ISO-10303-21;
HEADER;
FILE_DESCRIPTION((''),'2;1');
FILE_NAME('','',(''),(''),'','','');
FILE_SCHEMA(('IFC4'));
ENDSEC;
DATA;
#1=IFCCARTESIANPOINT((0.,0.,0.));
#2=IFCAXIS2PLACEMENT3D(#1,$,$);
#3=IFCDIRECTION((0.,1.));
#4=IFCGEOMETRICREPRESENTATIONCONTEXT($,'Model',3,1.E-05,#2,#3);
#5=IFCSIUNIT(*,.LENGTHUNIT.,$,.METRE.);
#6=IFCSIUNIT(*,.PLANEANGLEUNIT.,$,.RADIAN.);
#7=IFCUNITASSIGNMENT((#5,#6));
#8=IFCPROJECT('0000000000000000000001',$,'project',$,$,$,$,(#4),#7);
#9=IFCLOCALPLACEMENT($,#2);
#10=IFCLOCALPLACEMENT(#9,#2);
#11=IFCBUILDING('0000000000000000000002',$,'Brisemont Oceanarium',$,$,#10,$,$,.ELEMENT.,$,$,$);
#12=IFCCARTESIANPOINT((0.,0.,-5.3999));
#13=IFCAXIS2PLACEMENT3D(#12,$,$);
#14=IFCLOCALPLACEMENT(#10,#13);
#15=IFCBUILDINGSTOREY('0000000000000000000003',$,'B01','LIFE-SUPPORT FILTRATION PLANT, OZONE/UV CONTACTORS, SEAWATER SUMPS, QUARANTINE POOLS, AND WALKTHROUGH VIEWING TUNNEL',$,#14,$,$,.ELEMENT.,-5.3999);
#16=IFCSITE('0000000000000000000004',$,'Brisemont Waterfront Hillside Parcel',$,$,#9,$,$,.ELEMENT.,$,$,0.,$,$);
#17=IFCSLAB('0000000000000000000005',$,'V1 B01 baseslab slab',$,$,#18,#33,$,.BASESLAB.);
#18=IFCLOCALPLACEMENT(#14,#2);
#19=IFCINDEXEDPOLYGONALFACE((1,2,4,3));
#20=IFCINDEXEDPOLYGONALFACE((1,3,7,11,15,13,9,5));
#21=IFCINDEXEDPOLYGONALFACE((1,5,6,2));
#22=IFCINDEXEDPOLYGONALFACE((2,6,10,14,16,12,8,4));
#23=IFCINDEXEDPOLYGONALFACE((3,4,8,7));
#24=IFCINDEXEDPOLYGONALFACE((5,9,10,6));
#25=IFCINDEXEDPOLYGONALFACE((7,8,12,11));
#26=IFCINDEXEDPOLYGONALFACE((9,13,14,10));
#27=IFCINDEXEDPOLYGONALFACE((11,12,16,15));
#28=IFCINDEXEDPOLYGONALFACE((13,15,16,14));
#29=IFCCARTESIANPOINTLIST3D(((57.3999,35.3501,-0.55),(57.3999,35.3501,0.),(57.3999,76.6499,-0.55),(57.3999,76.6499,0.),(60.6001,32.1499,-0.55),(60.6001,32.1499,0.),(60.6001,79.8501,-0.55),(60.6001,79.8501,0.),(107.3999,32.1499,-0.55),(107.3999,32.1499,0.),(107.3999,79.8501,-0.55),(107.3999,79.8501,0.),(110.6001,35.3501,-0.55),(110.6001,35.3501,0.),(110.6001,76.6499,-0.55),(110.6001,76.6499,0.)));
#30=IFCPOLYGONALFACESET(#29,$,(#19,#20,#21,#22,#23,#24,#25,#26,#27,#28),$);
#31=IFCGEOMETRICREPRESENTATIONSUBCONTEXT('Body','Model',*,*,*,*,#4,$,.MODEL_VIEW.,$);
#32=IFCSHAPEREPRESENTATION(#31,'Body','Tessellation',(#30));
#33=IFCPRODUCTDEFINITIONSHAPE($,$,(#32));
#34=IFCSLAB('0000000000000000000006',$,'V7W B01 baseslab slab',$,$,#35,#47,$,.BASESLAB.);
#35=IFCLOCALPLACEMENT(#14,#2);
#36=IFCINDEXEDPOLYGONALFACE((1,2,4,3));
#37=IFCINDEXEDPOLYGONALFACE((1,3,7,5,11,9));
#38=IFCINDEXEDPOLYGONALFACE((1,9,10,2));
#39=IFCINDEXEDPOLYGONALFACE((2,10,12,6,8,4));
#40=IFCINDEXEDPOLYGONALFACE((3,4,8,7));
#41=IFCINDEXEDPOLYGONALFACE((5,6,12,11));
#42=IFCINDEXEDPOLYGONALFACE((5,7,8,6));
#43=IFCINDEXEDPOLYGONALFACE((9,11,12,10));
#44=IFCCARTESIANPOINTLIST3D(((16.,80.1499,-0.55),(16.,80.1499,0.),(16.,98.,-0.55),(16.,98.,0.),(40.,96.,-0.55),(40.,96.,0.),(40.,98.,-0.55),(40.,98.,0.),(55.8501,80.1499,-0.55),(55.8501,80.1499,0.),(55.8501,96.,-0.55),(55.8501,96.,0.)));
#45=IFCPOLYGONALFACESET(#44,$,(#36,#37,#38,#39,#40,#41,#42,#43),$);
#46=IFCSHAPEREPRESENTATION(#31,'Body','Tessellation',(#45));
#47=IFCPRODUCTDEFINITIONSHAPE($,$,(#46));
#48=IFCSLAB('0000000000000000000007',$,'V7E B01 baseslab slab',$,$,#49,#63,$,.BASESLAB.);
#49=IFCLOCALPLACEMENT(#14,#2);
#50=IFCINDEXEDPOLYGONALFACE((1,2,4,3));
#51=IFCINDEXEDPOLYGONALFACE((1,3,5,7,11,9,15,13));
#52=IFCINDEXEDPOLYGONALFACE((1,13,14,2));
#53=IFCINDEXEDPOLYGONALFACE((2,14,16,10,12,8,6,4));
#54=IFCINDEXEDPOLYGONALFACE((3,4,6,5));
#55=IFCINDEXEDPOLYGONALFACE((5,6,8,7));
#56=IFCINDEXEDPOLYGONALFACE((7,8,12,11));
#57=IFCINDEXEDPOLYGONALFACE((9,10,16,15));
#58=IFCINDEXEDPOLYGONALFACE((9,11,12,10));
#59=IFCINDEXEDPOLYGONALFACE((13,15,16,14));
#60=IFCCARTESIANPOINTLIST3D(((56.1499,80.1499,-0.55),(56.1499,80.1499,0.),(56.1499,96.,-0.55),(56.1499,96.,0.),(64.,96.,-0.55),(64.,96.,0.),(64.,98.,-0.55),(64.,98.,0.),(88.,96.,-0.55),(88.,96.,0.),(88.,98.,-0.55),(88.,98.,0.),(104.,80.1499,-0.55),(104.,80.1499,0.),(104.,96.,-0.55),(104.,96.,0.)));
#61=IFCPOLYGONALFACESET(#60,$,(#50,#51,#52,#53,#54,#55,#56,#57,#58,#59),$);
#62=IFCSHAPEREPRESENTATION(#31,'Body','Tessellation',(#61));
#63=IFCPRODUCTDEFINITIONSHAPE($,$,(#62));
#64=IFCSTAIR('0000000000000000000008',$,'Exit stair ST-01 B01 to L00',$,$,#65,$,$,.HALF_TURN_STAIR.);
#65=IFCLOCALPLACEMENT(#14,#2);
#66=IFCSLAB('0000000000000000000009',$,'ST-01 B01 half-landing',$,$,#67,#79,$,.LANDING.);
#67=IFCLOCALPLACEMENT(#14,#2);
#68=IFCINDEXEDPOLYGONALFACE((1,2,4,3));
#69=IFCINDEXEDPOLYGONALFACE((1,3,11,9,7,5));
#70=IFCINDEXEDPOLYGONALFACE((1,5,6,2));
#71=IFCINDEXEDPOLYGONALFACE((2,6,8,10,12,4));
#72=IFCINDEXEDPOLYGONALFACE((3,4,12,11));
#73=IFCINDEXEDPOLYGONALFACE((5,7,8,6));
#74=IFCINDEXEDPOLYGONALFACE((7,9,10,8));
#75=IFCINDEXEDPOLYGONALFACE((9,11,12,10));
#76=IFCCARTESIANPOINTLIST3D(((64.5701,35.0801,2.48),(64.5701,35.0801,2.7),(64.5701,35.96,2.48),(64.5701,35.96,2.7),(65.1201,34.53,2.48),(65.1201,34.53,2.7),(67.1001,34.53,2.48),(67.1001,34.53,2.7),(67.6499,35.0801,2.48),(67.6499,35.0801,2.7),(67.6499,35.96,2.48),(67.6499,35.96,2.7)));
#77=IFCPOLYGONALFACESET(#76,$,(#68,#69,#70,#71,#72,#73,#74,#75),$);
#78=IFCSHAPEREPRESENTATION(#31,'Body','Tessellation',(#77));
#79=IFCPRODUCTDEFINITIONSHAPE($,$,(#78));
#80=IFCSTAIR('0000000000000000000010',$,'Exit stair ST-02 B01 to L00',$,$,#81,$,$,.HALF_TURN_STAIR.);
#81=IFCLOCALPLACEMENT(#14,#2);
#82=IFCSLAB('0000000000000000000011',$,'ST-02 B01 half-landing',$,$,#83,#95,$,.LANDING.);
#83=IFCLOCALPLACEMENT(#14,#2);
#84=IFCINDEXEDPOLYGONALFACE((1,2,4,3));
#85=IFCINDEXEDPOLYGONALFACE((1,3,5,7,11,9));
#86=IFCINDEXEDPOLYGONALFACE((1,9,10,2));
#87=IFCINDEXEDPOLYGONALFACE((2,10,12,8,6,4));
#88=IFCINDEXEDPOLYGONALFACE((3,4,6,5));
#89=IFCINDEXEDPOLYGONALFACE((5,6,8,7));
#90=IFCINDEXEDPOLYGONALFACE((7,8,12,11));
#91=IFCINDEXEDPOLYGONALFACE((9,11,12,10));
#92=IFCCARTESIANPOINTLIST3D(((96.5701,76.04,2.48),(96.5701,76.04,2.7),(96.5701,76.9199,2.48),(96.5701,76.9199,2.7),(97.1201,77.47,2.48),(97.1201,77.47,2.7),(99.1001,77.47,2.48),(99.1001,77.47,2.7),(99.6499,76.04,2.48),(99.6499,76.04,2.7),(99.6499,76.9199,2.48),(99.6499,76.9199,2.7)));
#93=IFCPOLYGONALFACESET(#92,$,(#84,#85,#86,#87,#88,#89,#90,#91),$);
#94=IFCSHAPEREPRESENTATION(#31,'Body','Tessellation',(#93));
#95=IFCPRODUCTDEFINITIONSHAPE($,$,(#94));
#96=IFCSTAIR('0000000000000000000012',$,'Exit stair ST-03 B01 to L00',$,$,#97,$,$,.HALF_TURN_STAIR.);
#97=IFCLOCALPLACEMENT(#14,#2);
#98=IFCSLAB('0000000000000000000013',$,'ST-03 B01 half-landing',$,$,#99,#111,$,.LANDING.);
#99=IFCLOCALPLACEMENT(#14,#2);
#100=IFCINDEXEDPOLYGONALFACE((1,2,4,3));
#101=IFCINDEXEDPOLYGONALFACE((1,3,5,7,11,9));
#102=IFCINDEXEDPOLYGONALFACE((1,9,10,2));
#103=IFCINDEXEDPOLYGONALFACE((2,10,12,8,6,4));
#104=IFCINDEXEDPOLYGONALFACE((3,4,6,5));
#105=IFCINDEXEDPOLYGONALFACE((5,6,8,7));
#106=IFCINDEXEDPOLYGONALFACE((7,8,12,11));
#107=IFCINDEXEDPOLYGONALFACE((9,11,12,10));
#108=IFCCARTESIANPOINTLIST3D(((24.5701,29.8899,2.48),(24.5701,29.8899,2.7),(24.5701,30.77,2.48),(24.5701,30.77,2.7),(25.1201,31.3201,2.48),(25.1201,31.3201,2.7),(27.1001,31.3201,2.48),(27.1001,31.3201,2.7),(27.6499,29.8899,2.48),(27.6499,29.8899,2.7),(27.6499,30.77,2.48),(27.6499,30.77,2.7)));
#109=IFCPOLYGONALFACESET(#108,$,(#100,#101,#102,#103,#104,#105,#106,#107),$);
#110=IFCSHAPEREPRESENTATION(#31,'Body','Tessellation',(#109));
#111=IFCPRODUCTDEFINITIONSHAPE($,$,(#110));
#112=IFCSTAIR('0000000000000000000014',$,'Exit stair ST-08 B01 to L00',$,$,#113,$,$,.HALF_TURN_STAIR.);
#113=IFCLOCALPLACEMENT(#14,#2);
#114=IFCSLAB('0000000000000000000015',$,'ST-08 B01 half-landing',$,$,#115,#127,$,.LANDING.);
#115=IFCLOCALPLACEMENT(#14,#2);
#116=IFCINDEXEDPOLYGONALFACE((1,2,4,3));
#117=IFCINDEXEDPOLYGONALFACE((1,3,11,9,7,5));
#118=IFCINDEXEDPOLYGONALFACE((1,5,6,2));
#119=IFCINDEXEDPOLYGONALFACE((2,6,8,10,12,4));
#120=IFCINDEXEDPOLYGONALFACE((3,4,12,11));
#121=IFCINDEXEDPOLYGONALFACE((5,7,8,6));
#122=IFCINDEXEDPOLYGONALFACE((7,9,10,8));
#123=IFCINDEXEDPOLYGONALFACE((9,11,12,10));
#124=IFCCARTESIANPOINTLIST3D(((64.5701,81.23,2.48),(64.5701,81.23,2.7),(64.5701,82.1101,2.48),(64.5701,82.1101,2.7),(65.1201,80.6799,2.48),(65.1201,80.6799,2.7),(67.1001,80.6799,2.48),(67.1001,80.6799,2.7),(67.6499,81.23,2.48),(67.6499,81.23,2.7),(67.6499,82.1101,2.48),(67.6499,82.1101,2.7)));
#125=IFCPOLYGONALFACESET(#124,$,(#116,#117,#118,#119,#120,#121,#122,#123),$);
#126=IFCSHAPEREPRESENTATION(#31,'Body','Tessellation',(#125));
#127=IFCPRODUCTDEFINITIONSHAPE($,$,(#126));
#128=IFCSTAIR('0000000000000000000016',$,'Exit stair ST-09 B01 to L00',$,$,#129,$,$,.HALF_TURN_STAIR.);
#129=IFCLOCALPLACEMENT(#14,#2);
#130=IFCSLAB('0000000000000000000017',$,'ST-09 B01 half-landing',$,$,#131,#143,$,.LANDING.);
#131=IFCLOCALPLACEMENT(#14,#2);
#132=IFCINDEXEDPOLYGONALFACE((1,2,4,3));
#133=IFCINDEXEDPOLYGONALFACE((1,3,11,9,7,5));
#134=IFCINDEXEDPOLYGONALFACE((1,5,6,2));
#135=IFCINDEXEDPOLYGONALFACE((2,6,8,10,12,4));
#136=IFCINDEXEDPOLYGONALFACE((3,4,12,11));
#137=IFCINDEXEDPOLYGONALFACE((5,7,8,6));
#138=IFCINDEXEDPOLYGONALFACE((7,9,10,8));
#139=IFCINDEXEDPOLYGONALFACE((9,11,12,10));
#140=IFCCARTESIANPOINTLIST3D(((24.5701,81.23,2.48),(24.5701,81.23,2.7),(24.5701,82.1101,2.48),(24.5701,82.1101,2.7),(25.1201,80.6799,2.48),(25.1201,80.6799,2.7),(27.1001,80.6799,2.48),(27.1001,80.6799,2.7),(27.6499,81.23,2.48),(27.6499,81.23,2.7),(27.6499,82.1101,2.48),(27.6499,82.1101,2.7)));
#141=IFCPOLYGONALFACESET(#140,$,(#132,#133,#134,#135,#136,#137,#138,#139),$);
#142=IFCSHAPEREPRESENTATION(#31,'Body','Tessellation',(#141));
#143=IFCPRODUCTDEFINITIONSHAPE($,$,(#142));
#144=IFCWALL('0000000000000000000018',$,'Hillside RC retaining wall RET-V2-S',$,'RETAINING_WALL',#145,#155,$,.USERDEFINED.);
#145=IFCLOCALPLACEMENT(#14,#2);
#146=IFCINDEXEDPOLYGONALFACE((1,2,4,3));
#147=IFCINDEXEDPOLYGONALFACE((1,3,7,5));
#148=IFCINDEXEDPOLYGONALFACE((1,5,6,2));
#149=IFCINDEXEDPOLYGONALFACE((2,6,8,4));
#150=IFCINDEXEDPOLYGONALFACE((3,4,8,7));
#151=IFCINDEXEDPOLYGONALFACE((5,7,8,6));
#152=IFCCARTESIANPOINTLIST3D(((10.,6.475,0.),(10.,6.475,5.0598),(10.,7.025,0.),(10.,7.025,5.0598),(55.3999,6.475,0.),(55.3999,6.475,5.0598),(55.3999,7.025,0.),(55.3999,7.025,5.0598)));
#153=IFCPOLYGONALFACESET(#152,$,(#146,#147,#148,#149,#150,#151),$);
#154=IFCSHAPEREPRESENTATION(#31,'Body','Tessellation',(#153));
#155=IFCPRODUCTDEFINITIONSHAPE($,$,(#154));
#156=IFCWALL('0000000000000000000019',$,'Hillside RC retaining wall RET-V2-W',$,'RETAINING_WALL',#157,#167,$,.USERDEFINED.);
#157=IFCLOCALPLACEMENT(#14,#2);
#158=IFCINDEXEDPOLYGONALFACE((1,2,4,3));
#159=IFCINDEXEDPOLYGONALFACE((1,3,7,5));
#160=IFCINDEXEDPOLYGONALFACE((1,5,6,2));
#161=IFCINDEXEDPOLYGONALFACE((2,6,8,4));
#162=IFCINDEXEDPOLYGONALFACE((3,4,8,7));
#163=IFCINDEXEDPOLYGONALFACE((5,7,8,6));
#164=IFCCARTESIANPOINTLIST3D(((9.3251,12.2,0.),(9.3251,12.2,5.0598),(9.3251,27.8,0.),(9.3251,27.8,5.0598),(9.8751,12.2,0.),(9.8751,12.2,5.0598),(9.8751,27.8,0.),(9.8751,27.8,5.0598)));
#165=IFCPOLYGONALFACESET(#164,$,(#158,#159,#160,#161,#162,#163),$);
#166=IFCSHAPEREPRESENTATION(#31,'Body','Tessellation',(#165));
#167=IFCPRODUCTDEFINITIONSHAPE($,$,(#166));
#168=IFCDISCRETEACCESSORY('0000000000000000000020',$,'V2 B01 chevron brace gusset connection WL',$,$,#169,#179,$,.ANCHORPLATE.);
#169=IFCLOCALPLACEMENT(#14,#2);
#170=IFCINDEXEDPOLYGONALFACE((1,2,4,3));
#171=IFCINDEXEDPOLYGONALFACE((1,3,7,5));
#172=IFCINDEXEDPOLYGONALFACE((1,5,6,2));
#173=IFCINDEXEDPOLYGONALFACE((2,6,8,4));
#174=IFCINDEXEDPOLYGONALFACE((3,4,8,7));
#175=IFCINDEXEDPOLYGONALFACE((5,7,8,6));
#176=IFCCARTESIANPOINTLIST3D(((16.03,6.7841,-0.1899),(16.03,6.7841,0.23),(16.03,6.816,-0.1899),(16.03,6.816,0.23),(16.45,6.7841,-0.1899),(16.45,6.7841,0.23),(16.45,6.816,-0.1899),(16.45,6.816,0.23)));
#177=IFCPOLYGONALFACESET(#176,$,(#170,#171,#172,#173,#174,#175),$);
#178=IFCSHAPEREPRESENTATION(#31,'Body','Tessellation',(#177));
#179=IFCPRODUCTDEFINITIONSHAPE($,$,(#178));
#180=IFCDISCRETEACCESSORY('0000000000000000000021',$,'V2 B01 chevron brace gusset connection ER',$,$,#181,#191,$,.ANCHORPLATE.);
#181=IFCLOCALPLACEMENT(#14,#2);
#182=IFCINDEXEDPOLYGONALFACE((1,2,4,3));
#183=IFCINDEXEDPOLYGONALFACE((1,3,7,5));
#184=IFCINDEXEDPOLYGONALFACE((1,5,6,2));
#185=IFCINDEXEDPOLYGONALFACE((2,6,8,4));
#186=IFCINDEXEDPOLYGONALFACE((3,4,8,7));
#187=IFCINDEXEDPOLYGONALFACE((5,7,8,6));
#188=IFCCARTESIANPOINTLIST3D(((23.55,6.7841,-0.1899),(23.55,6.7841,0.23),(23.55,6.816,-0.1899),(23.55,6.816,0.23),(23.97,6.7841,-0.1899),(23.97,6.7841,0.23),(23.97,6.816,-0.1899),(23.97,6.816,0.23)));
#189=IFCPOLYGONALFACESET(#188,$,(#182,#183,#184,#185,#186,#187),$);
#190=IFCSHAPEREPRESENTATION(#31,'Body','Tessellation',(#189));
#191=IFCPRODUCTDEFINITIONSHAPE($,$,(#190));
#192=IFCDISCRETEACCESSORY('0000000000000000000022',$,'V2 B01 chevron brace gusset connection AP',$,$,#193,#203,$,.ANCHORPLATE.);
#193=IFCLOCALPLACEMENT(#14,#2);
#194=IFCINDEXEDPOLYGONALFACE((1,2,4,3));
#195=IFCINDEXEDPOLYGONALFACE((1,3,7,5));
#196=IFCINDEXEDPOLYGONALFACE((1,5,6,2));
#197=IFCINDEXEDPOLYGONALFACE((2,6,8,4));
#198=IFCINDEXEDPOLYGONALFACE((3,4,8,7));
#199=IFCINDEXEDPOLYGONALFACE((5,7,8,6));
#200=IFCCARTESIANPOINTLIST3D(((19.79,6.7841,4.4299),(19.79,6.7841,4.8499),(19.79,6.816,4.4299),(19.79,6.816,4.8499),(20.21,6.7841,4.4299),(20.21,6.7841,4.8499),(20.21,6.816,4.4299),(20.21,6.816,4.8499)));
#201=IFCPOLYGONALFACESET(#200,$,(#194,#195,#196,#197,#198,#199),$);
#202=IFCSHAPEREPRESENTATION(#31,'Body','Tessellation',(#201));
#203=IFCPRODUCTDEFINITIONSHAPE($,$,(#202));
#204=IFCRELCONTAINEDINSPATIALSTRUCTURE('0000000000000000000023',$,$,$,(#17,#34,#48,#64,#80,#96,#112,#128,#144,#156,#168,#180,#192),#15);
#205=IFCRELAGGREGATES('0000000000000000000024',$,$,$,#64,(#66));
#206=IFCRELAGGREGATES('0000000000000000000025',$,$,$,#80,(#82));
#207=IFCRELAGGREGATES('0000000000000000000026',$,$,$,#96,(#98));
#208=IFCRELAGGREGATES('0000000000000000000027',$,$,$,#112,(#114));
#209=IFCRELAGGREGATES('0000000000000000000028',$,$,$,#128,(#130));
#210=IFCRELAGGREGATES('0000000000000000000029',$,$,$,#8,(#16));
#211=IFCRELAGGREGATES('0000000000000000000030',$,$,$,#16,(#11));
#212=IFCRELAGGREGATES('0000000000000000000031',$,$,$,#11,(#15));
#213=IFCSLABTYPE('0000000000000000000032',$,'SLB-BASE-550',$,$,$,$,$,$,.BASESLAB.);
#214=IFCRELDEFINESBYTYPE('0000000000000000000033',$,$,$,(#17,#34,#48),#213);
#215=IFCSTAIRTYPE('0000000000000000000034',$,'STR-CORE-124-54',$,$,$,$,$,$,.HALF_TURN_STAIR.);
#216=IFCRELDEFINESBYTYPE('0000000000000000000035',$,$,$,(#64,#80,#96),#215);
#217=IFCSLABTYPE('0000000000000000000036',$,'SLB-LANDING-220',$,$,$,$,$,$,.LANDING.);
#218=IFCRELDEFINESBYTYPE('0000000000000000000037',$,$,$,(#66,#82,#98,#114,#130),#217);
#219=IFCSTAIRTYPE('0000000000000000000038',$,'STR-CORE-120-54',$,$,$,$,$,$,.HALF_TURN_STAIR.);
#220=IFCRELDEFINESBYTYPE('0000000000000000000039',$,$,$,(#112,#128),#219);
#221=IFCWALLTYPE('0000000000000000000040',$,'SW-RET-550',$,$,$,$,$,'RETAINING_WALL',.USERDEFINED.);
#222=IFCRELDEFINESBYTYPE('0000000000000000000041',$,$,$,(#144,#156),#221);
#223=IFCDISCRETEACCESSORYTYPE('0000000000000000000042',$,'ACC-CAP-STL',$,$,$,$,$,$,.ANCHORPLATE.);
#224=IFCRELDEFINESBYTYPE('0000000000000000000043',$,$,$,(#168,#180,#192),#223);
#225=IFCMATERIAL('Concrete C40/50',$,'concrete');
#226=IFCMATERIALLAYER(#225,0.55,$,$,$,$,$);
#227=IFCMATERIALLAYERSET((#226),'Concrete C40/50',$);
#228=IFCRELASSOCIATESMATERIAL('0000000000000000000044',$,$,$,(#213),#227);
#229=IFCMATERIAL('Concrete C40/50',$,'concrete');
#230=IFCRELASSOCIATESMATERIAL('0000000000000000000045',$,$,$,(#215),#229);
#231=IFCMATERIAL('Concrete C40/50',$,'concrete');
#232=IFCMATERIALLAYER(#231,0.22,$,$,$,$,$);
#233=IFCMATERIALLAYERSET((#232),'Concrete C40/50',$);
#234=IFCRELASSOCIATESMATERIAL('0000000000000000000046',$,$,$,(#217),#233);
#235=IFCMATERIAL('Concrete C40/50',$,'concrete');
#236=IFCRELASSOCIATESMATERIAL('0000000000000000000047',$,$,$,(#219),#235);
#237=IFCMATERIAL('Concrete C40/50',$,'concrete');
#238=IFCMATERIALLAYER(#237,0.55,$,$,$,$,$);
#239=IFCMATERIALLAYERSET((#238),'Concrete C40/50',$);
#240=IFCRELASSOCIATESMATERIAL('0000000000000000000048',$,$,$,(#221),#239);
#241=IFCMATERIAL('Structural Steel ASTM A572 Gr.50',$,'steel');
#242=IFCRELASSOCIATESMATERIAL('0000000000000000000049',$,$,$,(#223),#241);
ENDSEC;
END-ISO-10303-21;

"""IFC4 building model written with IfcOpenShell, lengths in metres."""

from ifc_helpers import new_model, si_unit, direction, frame, frame_2d, origin, origin_2d, place, context, subcontext, project, spatial, polyline, rectangle, outline, extrude, material, layer, layer_set, type_object, element, aggregate, save


model = new_model("IFC4")

# Units and contexts
model_context = context("Model", 3, precision=1e-05, world=origin(), true_north=direction((0.0, 1.0)))
body_context = subcontext(model_context, "Body", "Model", "MODEL_VIEW")
ifc_project = project(units=[si_unit("LENGTHUNIT", "METRE"), si_unit("PLANEANGLEUNIT", "RADIAN")], contexts=[model_context])

# Site, building, storey
site_placement = place(None, origin())
site = spatial("IfcSite", under=ifc_project, at=site_placement, Name="Brisemont Waterfront Hillside Parcel", CompositionType="ELEMENT", RefElevation=0.0)
building_placement = place(site_placement, origin())
building = spatial("IfcBuilding", under=site, at=building_placement, Name="Brisemont Oceanarium", CompositionType="ELEMENT")
storey_placement = place(building_placement, frame((0.0, 0.0, -5.3999)))
storey = spatial("IfcBuildingStorey", under=building, at=storey_placement, Name="B01", Description="LIFE-SUPPORT FILTRATION PLANT, OZONE/UV CONTACTORS, SEAWATER SUMPS, QUARANTINE POOLS, AND WALKTHROUGH VIEWING TUNNEL", CompositionType="ELEMENT", Elevation=-5.3999)

# Slabs
ifc_material_1 = material(Name="Concrete C40/50", Category="concrete")
ifc_layer_1 = layer(ifc_material_1, 0.55)
ifc_layer_set_1 = layer_set([ifc_layer_1], Name="Concrete C40/50")
slab_type_1 = type_object("IfcSlabType", Name="SLB-BASE-550", PredefinedType="BASESLAB", material=ifc_layer_set_1)
slab_1_placement = place(storey_placement, frame((0.0, 0.0, -0.55)))
element("IfcSlab", 1, at=slab_1_placement, inside=storey, type_object=slab_type_1, Name="V1 B01 baseslab slab", PredefinedType="BASESLAB", context=body_context, shape_type="SweptSolid", body=[
    extrude(outline(polyline([(60.6001, 32.1499), (107.3999, 32.1499), (110.6001, 35.3501), (110.6001, 76.6499), (107.3999, 79.8501), (60.6001, 79.8501), (57.3999, 76.6499), (57.3999, 35.3501), (60.6001, 32.1499)])), origin(), (0.0, 0.0, 1.0), 0.55),
])
slab_2_placement = place(storey_placement, frame((0.0, 0.0, -0.55)))
element("IfcSlab", 2, at=slab_2_placement, inside=storey, type_object=slab_type_1, Name="V7W B01 baseslab slab", PredefinedType="BASESLAB", context=body_context, shape_type="SweptSolid", body=[
    extrude(outline(polyline([(16.0, 80.1499), (55.8501, 80.1499), (55.8501, 96.0), (40.0, 96.0), (40.0, 98.0), (16.0, 98.0), (16.0, 80.1499)])), origin(), (0.0, 0.0, 1.0), 0.55),
])
slab_3_placement = place(storey_placement, frame((0.0, 0.0, -0.55)))
element("IfcSlab", 3, at=slab_3_placement, inside=storey, type_object=slab_type_1, Name="V7E B01 baseslab slab", PredefinedType="BASESLAB", context=body_context, shape_type="SweptSolid", body=[
    extrude(outline(polyline([(56.1499, 80.1499), (104.0, 80.1499), (104.0, 96.0), (88.0, 96.0), (88.0, 98.0), (64.0, 98.0), (64.0, 96.0), (56.1499, 96.0), (56.1499, 80.1499)])), origin(), (0.0, 0.0, 1.0), 0.55),
])

# Stairs, slabs
ifc_material_2 = material(Name="Concrete C40/50", Category="concrete")
stair_type_1 = type_object("IfcStairType", Name="STR-CORE-124-54", PredefinedType="HALF_TURN_STAIR", material=ifc_material_2)
stair_1_placement = place(storey_placement, origin())
stair_1 = element("IfcStair", 4, at=stair_1_placement, inside=storey, type_object=stair_type_1, Name="Exit stair ST-01 B01 to L00", PredefinedType="HALF_TURN_STAIR")
ifc_material_3 = material(Name="Concrete C40/50", Category="concrete")
ifc_layer_2 = layer(ifc_material_3, 0.22)
ifc_layer_set_2 = layer_set([ifc_layer_2], Name="Concrete C40/50")
slab_type_2 = type_object("IfcSlabType", Name="SLB-LANDING-220", PredefinedType="LANDING", material=ifc_layer_set_2)
slab_4_placement = place(storey_placement, frame((0.0, 0.0, 2.48)))
slab_4 = element("IfcSlab", 5, at=slab_4_placement, type_object=slab_type_2, Name="ST-01 B01 half-landing", PredefinedType="LANDING", context=body_context, shape_type="SweptSolid", body=[
    extrude(outline(polyline([(65.1201, 34.53), (67.1001, 34.53), (67.6499, 35.0801), (67.6499, 35.96), (64.5701, 35.96), (64.5701, 35.0801), (65.1201, 34.53)])), origin(), (0.0, 0.0, 1.0), 0.22),
])
aggregate(stair_1, [slab_4])
stair_2_placement = place(storey_placement, origin())
stair_2 = element("IfcStair", 6, at=stair_2_placement, inside=storey, type_object=stair_type_1, Name="Exit stair ST-02 B01 to L00", PredefinedType="HALF_TURN_STAIR")
slab_5_placement = place(storey_placement, frame((0.0, 0.0, 2.48)))
slab_5 = element("IfcSlab", 7, at=slab_5_placement, type_object=slab_type_2, Name="ST-02 B01 half-landing", PredefinedType="LANDING", context=body_context, shape_type="SweptSolid", body=[
    extrude(outline(polyline([(96.5701, 76.04), (99.6499, 76.04), (99.6499, 76.9199), (99.1001, 77.47), (97.1201, 77.47), (96.5701, 76.9199), (96.5701, 76.04)])), origin(), (0.0, 0.0, 1.0), 0.22),
])
aggregate(stair_2, [slab_5])
stair_3_placement = place(storey_placement, origin())
stair_3 = element("IfcStair", 8, at=stair_3_placement, inside=storey, type_object=stair_type_1, Name="Exit stair ST-03 B01 to L00", PredefinedType="HALF_TURN_STAIR")
slab_6_placement = place(storey_placement, frame((0.0, 0.0, 2.48)))
slab_6 = element("IfcSlab", 9, at=slab_6_placement, type_object=slab_type_2, Name="ST-03 B01 half-landing", PredefinedType="LANDING", context=body_context, shape_type="SweptSolid", body=[
    extrude(outline(polyline([(24.5701, 29.8899), (27.6499, 29.8899), (27.6499, 30.77), (27.1001, 31.3201), (25.1201, 31.3201), (24.5701, 30.77), (24.5701, 29.8899)])), origin(), (0.0, 0.0, 1.0), 0.22),
])
aggregate(stair_3, [slab_6])
ifc_material_4 = material(Name="Concrete C40/50", Category="concrete")
stair_type_2 = type_object("IfcStairType", Name="STR-CORE-120-54", PredefinedType="HALF_TURN_STAIR", material=ifc_material_4)
stair_4_placement = place(storey_placement, origin())
stair_4 = element("IfcStair", 10, at=stair_4_placement, inside=storey, type_object=stair_type_2, Name="Exit stair ST-08 B01 to L00", PredefinedType="HALF_TURN_STAIR")
slab_7_placement = place(storey_placement, frame((0.0, 0.0, 2.48)))
slab_7 = element("IfcSlab", 11, at=slab_7_placement, type_object=slab_type_2, Name="ST-08 B01 half-landing", PredefinedType="LANDING", context=body_context, shape_type="SweptSolid", body=[
    extrude(outline(polyline([(65.1201, 80.6799), (67.1001, 80.6799), (67.6499, 81.23), (67.6499, 82.1101), (64.5701, 82.1101), (64.5701, 81.23), (65.1201, 80.6799)])), origin(), (0.0, 0.0, 1.0), 0.22),
])
aggregate(stair_4, [slab_7])
stair_5_placement = place(storey_placement, origin())
stair_5 = element("IfcStair", 12, at=stair_5_placement, inside=storey, type_object=stair_type_2, Name="Exit stair ST-09 B01 to L00", PredefinedType="HALF_TURN_STAIR")
slab_8_placement = place(storey_placement, frame((0.0, 0.0, 2.48)))
slab_8 = element("IfcSlab", 13, at=slab_8_placement, type_object=slab_type_2, Name="ST-09 B01 half-landing", PredefinedType="LANDING", context=body_context, shape_type="SweptSolid", body=[
    extrude(outline(polyline([(25.1201, 80.6799), (27.1001, 80.6799), (27.6499, 81.23), (27.6499, 82.1101), (24.5701, 82.1101), (24.5701, 81.23), (25.1201, 80.6799)])), origin(), (0.0, 0.0, 1.0), 0.22),
])
aggregate(stair_5, [slab_8])

# Walls
ifc_material_5 = material(Name="Concrete C40/50", Category="concrete")
ifc_layer_3 = layer(ifc_material_5, 0.55)
ifc_layer_set_3 = layer_set([ifc_layer_3], Name="Concrete C40/50")
wall_type = type_object("IfcWallType", Name="SW-RET-550", ElementType="RETAINING_WALL", PredefinedType="USERDEFINED", material=ifc_layer_set_3)
wall_1_placement = place(storey_placement, frame((10.0, 6.75, 0.0), z_axis=(0.0, 0.0, 1.0), x_axis=(1.0, 0.0, 0.0)))
element("IfcWall", 14, at=wall_1_placement, inside=storey, type_object=wall_type, Name="Hillside RC retaining wall RET-V2-S", ObjectType="RETAINING_WALL", PredefinedType="USERDEFINED", context=body_context, shape_type="SweptSolid", body=[
    extrude(rectangle(XDim=45.3999, YDim=0.55, at=frame_2d((22.7, 0.0))), origin(), (0.0, 0.0, 1.0), 5.0598),
])
wall_2_placement = place(storey_placement, frame((9.6001, 12.2, 0.0), z_axis=(0.0, 0.0, 1.0), x_axis=(0.0, 1.0, 0.0)))
element("IfcWall", 15, at=wall_2_placement, inside=storey, type_object=wall_type, Name="Hillside RC retaining wall RET-V2-W", ObjectType="RETAINING_WALL", PredefinedType="USERDEFINED", context=body_context, shape_type="SweptSolid", body=[
    extrude(rectangle(XDim=15.6001, YDim=0.55, at=frame_2d((7.8, 0.0))), origin(), (0.0, 0.0, 1.0), 5.0598),
])

# Discrete accessories
ifc_material_6 = material(Name="Structural Steel ASTM A572 Gr.50", Category="steel")
discrete_accessory_type = type_object("IfcDiscreteAccessoryType", Name="ACC-CAP-STL", PredefinedType="ANCHORPLATE", material=ifc_material_6)
for number, where, z_axis, x_axis, name in (
    (16, (16.24, 6.8, -0.1899), (0.0, 0.0, 1.0), (1.0, 0.0, 0.0), "V2 B01 chevron brace gusset connection WL"),
    (17, (23.76, 6.8, -0.1899), (0.0, 0.0, 1.0), (1.0, 0.0, 0.0), "V2 B01 chevron brace gusset connection ER"),
    (18, (20.0, 6.8, 4.4299), (0.0, 0.0, 1.0), (1.0, 0.0, 0.0), "V2 B01 chevron brace gusset connection AP"),
):
    element("IfcDiscreteAccessory", number, at=place(storey_placement, frame(where, z_axis=z_axis, x_axis=x_axis)), inside=storey, type_object=discrete_accessory_type, Name=name, PredefinedType="ANCHORPLATE", context=body_context, shape_type="SweptSolid", body=[
        extrude(rectangle(XDim=0.4199, YDim=0.032, at=origin_2d()), origin(), (0.0, 0.0, 1.0), 0.4199),
    ])

save(model, "model.ifc")
